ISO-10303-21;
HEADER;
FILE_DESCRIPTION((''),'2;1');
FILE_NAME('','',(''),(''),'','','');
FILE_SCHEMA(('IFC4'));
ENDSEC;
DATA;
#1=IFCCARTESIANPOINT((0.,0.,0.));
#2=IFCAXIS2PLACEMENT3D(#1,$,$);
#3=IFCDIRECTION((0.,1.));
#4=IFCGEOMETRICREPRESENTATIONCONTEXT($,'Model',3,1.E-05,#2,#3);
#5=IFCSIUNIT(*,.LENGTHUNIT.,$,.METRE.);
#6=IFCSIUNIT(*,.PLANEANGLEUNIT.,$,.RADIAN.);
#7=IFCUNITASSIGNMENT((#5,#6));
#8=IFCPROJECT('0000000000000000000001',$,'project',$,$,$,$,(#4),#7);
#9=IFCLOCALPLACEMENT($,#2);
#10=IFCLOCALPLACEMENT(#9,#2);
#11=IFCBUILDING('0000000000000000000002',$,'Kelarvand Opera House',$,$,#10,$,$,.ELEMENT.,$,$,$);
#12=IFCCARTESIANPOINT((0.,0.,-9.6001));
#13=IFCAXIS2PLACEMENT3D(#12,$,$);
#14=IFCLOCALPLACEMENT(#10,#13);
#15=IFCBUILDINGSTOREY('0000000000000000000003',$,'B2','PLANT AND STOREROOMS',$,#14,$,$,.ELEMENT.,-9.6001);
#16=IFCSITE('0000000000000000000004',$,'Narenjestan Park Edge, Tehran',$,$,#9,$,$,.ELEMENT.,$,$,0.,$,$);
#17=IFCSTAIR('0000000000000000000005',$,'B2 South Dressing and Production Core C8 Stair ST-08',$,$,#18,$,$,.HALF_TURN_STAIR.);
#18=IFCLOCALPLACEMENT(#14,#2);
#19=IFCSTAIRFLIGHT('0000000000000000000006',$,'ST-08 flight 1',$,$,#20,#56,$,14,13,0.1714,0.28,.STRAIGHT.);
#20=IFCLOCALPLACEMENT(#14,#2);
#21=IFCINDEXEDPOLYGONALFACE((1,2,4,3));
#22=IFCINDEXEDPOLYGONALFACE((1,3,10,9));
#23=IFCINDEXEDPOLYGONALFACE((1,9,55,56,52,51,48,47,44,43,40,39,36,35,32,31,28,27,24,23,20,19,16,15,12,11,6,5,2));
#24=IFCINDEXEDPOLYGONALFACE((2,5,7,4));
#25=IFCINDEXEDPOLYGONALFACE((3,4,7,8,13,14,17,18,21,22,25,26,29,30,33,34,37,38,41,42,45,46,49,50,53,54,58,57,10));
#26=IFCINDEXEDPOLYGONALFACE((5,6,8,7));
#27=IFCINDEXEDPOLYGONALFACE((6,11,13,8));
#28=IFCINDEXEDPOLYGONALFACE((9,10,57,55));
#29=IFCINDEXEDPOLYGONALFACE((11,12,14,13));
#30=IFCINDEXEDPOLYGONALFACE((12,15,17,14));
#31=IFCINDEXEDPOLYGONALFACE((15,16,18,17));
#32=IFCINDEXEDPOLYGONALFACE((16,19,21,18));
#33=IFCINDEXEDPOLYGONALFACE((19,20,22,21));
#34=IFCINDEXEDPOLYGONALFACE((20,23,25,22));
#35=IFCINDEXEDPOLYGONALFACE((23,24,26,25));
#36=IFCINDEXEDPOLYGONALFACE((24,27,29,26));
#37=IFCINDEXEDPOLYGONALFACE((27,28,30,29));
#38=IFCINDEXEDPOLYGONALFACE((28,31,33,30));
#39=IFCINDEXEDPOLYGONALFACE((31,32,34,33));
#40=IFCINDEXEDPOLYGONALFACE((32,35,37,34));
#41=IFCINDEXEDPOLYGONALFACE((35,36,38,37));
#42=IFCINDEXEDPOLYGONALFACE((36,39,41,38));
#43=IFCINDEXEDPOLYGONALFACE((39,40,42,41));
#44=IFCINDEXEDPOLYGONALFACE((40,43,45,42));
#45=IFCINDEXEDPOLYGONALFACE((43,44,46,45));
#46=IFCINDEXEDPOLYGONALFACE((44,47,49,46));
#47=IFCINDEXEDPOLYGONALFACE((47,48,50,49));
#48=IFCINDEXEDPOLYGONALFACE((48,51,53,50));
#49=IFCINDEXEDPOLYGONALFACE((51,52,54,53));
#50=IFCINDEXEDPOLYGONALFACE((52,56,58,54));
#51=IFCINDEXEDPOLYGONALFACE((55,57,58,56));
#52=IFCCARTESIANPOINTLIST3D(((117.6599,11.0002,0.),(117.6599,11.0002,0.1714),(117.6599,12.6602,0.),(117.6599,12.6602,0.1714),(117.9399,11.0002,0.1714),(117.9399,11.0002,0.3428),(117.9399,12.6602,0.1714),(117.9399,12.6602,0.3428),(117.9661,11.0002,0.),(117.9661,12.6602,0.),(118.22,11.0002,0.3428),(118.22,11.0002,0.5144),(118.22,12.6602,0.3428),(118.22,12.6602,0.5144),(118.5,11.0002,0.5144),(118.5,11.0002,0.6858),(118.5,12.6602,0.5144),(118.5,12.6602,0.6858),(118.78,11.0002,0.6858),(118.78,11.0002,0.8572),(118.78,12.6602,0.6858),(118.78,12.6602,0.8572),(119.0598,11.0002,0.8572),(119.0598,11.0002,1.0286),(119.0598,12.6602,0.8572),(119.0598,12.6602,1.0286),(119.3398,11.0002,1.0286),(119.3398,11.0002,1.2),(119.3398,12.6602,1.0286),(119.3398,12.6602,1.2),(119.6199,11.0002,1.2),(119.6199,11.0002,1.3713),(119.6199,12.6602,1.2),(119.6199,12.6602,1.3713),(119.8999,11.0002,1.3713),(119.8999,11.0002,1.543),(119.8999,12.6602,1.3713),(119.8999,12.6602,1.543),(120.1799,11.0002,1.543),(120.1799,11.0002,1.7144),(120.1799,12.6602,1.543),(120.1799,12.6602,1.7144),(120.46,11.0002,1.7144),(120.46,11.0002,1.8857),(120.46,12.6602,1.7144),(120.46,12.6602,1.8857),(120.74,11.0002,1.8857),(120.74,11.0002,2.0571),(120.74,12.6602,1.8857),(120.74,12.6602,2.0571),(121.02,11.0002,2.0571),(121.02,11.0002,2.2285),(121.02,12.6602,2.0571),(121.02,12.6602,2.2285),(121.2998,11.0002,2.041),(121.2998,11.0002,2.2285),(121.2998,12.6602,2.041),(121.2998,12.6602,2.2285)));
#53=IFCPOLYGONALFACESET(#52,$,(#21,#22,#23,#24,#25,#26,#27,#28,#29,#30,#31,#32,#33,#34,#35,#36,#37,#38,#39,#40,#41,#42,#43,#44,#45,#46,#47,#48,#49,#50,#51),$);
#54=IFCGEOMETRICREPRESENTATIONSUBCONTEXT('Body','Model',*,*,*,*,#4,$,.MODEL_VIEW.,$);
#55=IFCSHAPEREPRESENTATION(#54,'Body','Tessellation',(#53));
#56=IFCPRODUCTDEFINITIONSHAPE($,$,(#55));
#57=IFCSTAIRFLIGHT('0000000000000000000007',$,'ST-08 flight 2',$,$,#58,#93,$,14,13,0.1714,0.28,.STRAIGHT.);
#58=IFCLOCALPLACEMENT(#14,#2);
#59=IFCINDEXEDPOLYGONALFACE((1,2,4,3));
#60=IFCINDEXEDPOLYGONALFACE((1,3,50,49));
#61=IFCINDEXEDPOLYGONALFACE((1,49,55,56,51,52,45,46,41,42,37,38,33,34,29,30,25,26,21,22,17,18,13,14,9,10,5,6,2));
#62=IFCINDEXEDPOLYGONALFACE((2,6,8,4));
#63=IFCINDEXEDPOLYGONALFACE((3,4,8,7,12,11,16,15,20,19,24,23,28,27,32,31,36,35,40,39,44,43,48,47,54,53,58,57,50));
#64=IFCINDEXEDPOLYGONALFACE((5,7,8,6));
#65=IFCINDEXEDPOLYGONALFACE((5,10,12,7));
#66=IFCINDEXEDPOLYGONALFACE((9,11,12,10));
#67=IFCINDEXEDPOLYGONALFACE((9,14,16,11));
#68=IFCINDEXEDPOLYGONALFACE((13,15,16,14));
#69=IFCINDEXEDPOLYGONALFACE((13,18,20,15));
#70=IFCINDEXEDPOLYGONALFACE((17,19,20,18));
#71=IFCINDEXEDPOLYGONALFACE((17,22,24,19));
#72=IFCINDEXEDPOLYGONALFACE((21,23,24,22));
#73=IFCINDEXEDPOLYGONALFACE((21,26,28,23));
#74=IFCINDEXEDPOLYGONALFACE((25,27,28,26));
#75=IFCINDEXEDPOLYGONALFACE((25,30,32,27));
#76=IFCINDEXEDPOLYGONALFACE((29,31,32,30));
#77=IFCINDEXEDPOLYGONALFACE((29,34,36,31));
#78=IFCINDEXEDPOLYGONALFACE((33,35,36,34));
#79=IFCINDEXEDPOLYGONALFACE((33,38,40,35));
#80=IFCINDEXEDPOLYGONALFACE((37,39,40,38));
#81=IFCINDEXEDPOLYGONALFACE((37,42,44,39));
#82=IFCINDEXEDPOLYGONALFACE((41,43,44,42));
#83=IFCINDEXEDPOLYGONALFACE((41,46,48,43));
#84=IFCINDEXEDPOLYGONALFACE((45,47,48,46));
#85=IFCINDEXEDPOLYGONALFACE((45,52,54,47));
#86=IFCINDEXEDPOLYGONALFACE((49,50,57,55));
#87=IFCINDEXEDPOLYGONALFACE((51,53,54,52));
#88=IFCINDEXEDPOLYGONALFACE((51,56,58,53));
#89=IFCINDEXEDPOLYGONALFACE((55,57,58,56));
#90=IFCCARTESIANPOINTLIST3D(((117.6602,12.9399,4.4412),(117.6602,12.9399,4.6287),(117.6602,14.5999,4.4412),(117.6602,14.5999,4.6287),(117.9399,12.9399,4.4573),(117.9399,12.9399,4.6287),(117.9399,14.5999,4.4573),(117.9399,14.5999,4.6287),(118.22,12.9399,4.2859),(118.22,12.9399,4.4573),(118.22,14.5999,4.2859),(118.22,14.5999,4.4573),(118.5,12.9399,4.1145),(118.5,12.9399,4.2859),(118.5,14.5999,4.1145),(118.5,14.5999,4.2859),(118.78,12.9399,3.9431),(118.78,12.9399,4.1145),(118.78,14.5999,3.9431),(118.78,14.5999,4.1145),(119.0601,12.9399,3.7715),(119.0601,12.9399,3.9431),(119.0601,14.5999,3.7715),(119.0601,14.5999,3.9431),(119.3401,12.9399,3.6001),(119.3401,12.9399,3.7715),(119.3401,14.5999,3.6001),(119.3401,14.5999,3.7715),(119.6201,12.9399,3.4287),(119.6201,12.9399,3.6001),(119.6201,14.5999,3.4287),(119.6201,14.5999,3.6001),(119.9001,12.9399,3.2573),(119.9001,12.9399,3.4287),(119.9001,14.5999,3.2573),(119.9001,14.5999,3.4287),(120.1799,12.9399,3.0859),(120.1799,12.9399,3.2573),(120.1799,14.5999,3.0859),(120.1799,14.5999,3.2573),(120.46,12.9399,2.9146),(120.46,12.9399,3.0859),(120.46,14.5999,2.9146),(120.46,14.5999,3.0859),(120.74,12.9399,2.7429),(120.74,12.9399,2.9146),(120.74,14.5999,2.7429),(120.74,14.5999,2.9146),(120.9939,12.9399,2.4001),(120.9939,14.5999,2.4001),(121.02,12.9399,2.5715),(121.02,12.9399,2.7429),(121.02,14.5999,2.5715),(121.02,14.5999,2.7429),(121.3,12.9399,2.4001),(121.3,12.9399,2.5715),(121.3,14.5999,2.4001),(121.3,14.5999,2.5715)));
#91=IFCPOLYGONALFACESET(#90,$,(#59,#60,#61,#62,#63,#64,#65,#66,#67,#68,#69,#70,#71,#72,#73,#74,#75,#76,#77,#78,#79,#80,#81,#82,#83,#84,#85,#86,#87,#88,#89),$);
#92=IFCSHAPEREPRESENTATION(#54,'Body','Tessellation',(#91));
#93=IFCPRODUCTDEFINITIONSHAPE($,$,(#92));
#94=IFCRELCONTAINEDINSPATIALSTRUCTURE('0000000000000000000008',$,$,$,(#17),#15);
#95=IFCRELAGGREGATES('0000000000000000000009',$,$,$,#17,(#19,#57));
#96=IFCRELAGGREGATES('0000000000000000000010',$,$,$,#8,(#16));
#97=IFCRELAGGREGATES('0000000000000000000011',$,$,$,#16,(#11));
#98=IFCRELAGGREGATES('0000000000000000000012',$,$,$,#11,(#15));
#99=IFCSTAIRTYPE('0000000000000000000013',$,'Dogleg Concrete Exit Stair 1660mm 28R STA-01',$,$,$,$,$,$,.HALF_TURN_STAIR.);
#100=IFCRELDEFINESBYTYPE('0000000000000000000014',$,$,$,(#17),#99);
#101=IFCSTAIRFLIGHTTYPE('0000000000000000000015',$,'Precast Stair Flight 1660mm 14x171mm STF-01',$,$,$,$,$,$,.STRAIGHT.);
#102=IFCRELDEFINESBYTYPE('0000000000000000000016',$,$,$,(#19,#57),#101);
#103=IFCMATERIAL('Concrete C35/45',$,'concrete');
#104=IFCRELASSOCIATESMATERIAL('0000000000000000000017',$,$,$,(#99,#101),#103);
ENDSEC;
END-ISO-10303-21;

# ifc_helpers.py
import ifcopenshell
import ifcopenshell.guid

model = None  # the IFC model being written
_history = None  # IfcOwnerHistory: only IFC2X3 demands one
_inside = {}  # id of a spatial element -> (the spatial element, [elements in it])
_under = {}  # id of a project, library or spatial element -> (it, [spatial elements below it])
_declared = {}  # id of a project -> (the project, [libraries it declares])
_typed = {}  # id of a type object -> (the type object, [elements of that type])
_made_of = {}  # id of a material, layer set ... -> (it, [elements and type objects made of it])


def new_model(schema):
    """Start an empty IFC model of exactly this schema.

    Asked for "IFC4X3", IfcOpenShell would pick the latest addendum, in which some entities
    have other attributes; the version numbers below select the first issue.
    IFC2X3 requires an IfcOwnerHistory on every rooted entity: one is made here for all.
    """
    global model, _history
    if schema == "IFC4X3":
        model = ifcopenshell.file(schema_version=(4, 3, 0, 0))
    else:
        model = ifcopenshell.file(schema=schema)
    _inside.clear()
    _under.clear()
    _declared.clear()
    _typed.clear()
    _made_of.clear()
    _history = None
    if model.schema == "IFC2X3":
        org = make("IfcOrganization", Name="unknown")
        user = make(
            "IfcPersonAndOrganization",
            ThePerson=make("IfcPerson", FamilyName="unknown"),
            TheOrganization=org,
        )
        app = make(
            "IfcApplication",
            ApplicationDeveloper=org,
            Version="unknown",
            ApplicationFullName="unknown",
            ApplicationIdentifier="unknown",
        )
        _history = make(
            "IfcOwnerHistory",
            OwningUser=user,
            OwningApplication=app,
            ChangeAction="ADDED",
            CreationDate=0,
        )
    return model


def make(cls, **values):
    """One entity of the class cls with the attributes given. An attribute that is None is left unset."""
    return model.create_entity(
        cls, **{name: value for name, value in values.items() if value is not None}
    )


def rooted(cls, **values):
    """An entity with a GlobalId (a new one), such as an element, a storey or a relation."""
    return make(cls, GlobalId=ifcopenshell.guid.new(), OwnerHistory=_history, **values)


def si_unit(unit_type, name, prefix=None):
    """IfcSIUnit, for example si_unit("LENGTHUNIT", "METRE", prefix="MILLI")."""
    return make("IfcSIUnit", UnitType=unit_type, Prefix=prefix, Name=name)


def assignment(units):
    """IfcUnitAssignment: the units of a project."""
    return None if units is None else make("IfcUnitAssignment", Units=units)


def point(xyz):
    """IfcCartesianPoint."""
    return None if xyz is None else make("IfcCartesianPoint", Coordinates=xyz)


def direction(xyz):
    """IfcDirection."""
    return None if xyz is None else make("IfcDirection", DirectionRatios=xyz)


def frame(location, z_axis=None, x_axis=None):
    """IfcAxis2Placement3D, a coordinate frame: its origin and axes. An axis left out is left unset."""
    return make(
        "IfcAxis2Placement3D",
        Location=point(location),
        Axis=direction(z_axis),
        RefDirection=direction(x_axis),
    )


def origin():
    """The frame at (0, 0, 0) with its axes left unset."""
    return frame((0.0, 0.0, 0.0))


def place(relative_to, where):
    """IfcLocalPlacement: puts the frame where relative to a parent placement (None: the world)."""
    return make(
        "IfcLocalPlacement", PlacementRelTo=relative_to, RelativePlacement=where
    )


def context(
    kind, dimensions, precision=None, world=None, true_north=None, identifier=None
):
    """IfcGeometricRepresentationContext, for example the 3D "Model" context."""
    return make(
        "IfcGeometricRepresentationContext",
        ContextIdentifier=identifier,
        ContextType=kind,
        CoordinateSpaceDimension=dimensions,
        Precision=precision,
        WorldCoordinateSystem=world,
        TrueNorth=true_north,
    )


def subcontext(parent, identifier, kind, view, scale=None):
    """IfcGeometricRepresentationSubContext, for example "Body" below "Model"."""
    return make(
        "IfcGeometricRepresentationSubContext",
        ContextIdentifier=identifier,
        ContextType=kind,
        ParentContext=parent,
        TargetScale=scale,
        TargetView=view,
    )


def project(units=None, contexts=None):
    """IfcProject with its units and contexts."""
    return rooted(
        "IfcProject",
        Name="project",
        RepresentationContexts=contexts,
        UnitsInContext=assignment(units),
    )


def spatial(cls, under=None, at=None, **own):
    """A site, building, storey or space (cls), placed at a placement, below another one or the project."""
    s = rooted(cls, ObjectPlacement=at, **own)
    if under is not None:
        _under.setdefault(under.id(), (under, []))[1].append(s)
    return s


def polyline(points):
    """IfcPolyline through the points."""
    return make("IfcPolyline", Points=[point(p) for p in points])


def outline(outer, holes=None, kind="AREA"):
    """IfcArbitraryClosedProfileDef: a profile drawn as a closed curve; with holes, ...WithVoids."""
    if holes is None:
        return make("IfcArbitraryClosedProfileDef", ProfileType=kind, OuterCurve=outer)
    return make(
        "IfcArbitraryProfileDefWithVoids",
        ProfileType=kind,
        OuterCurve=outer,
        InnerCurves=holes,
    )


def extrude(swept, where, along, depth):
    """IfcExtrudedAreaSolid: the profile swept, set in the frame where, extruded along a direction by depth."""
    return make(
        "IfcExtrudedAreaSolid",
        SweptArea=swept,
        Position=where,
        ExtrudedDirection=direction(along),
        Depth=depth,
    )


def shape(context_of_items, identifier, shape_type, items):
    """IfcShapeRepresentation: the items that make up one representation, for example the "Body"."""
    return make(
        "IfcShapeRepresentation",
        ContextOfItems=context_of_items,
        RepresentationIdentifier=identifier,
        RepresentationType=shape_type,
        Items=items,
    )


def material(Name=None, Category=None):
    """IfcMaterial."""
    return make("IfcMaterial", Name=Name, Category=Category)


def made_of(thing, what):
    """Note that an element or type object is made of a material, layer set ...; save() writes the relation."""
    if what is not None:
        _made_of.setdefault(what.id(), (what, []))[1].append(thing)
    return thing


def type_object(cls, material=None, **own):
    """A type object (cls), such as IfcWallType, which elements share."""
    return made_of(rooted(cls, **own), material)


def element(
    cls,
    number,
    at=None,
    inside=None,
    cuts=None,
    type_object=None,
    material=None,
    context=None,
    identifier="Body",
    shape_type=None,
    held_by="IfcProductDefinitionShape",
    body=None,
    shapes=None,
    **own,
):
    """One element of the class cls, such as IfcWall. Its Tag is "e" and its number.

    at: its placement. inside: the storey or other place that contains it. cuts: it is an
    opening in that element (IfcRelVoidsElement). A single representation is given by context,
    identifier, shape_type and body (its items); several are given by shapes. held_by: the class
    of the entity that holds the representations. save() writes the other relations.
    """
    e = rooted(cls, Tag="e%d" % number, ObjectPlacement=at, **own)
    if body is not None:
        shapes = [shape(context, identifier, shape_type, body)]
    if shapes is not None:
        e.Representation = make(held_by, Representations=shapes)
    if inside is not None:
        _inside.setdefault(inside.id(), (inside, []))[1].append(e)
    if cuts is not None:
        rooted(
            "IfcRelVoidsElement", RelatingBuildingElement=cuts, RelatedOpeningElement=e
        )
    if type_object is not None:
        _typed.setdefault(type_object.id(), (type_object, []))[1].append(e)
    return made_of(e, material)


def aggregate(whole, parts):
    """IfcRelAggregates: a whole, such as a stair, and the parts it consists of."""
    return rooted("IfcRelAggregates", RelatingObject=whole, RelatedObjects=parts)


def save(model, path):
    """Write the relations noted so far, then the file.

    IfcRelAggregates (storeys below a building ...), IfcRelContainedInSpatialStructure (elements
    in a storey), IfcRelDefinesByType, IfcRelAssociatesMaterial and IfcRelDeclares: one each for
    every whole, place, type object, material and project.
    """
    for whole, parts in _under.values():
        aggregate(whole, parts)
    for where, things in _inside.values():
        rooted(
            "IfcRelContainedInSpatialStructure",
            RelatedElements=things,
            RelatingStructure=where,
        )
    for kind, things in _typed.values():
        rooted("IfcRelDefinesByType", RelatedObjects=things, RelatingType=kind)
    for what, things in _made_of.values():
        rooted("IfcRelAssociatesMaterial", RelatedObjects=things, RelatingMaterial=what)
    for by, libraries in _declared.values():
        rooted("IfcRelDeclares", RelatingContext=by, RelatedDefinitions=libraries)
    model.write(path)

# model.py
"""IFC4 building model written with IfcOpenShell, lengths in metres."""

from ifc_helpers import new_model, si_unit, direction, frame, origin, place, context, subcontext, project, spatial, polyline, outline, extrude, material, type_object, element, aggregate, save


model = new_model("IFC4")

# Units and contexts
model_context = context("Model", 3, precision=1e-05, world=origin(), true_north=direction((0.0, 1.0)))
body_context = subcontext(model_context, "Body", "Model", "MODEL_VIEW")
ifc_project = project(units=[si_unit("LENGTHUNIT", "METRE"), si_unit("PLANEANGLEUNIT", "RADIAN")], contexts=[model_context])

# Site, building, storey
site_placement = place(None, origin())
site = spatial("IfcSite", under=ifc_project, at=site_placement, Name="Narenjestan Park Edge, Tehran", CompositionType="ELEMENT", RefElevation=0.0)
building_placement = place(site_placement, origin())
building = spatial("IfcBuilding", under=site, at=building_placement, Name="Kelarvand Opera House", CompositionType="ELEMENT")
storey_placement = place(building_placement, frame((0.0, 0.0, -9.6001)))
storey = spatial("IfcBuildingStorey", under=building, at=storey_placement, Name="B2", Description="PLANT AND STOREROOMS", CompositionType="ELEMENT", Elevation=-9.6001)

# Shared definitions
ifc_material_1 = material(Name="Concrete C35/45", Category="concrete")

# Stair, stair flights
stair_type = type_object("IfcStairType", Name="Dogleg Concrete Exit Stair 1660mm 28R STA-01", PredefinedType="HALF_TURN_STAIR", material=ifc_material_1)
stair_placement = place(storey_placement, origin())
stair = element("IfcStair", 1, at=stair_placement, inside=storey, type_object=stair_type, Name="B2 South Dressing and Production Core C8 Stair ST-08", PredefinedType="HALF_TURN_STAIR")
stair_flight_type = type_object("IfcStairFlightType", Name="Precast Stair Flight 1660mm 14x171mm STF-01", PredefinedType="STRAIGHT", material=ifc_material_1)
stair_flight_1_placement = place(storey_placement, frame((117.6599, 11.8301, 0.0), z_axis=(0.0, 0.0, 1.0), x_axis=(1.0, 0.0, 0.0)))
stair_flight_1 = element("IfcStairFlight", 2, at=stair_flight_1_placement, type_object=stair_flight_type, Name="ST-08 flight 1", NumberOfRisers=14, NumberOfTreads=13, PredefinedType="STRAIGHT", RiserHeight=0.1714, TreadLength=0.28, context=body_context, shape_type="SweptSolid", body=[
    extrude(outline(polyline([(0.0, 0.0), (0.0, 0.1714), (0.28, 0.1714), (0.28, 0.3428), (0.5601, 0.3428), (0.5601, 0.5144), (0.8401, 0.5144), (0.8401, 0.6858), (1.1201, 0.6858), (1.1201, 0.8572), (1.3999, 0.8572), (1.3999, 1.0286), (1.6799, 1.0286), (1.6799, 1.2), (1.96, 1.2), (1.96, 1.3713), (2.24, 1.3713), (2.24, 1.543), (2.52, 1.543), (2.52, 1.7144), (2.8, 1.7144), (2.8, 1.8857), (3.0801, 1.8857), (3.0801, 2.0571), (3.3601, 2.0571), (3.3601, 2.2285), (3.6399, 2.2285), (3.6399, 2.3999), (3.6399, 2.041), (0.3062, 0.0), (0.0, 0.0)])), frame((0.0, 0.8301, 0.0), z_axis=(0.0, -1.0, 0.0), x_axis=(1.0, 0.0, 0.0)), (0.0, 0.0, 1.0), 1.6599),
])
stair_flight_2_placement = place(storey_placement, frame((121.3, 13.77, 2.4001), z_axis=(0.0, 0.0, 1.0), x_axis=(-1.0, 0.0, 0.0)))
stair_flight_2 = element("IfcStairFlight", 3, at=stair_flight_2_placement, type_object=stair_flight_type, Name="ST-08 flight 2", NumberOfRisers=14, NumberOfTreads=13, PredefinedType="STRAIGHT", RiserHeight=0.1714, TreadLength=0.28, context=body_context, shape_type="SweptSolid", body=[
    extrude(outline(polyline([(0.0, 0.0), (0.0, 0.1714), (0.28, 0.1714), (0.28, 0.3428), (0.5601, 0.3428), (0.5601, 0.5144), (0.8401, 0.5144), (0.8401, 0.6858), (1.1201, 0.6858), (1.1201, 0.8572), (1.3999, 0.8572), (1.3999, 1.0286), (1.6799, 1.0286), (1.6799, 1.2), (1.96, 1.2), (1.96, 1.3713), (2.24, 1.3713), (2.24, 1.543), (2.52, 1.543), (2.52, 1.7144), (2.8, 1.7144), (2.8, 1.8857), (3.0801, 1.8857), (3.0801, 2.0571), (3.3601, 2.0571), (3.3601, 2.2285), (3.6399, 2.2285), (3.6399, 2.3999), (3.6399, 2.041), (0.3062, 0.0), (0.0, 0.0)])), frame((0.0, 0.8301, 0.0), z_axis=(0.0, -1.0, 0.0), x_axis=(1.0, 0.0, 0.0)), (0.0, 0.0, 1.0), 1.6599),
])
aggregate(stair, [stair_flight_1, stair_flight_2])

save(model, "model.ifc")
